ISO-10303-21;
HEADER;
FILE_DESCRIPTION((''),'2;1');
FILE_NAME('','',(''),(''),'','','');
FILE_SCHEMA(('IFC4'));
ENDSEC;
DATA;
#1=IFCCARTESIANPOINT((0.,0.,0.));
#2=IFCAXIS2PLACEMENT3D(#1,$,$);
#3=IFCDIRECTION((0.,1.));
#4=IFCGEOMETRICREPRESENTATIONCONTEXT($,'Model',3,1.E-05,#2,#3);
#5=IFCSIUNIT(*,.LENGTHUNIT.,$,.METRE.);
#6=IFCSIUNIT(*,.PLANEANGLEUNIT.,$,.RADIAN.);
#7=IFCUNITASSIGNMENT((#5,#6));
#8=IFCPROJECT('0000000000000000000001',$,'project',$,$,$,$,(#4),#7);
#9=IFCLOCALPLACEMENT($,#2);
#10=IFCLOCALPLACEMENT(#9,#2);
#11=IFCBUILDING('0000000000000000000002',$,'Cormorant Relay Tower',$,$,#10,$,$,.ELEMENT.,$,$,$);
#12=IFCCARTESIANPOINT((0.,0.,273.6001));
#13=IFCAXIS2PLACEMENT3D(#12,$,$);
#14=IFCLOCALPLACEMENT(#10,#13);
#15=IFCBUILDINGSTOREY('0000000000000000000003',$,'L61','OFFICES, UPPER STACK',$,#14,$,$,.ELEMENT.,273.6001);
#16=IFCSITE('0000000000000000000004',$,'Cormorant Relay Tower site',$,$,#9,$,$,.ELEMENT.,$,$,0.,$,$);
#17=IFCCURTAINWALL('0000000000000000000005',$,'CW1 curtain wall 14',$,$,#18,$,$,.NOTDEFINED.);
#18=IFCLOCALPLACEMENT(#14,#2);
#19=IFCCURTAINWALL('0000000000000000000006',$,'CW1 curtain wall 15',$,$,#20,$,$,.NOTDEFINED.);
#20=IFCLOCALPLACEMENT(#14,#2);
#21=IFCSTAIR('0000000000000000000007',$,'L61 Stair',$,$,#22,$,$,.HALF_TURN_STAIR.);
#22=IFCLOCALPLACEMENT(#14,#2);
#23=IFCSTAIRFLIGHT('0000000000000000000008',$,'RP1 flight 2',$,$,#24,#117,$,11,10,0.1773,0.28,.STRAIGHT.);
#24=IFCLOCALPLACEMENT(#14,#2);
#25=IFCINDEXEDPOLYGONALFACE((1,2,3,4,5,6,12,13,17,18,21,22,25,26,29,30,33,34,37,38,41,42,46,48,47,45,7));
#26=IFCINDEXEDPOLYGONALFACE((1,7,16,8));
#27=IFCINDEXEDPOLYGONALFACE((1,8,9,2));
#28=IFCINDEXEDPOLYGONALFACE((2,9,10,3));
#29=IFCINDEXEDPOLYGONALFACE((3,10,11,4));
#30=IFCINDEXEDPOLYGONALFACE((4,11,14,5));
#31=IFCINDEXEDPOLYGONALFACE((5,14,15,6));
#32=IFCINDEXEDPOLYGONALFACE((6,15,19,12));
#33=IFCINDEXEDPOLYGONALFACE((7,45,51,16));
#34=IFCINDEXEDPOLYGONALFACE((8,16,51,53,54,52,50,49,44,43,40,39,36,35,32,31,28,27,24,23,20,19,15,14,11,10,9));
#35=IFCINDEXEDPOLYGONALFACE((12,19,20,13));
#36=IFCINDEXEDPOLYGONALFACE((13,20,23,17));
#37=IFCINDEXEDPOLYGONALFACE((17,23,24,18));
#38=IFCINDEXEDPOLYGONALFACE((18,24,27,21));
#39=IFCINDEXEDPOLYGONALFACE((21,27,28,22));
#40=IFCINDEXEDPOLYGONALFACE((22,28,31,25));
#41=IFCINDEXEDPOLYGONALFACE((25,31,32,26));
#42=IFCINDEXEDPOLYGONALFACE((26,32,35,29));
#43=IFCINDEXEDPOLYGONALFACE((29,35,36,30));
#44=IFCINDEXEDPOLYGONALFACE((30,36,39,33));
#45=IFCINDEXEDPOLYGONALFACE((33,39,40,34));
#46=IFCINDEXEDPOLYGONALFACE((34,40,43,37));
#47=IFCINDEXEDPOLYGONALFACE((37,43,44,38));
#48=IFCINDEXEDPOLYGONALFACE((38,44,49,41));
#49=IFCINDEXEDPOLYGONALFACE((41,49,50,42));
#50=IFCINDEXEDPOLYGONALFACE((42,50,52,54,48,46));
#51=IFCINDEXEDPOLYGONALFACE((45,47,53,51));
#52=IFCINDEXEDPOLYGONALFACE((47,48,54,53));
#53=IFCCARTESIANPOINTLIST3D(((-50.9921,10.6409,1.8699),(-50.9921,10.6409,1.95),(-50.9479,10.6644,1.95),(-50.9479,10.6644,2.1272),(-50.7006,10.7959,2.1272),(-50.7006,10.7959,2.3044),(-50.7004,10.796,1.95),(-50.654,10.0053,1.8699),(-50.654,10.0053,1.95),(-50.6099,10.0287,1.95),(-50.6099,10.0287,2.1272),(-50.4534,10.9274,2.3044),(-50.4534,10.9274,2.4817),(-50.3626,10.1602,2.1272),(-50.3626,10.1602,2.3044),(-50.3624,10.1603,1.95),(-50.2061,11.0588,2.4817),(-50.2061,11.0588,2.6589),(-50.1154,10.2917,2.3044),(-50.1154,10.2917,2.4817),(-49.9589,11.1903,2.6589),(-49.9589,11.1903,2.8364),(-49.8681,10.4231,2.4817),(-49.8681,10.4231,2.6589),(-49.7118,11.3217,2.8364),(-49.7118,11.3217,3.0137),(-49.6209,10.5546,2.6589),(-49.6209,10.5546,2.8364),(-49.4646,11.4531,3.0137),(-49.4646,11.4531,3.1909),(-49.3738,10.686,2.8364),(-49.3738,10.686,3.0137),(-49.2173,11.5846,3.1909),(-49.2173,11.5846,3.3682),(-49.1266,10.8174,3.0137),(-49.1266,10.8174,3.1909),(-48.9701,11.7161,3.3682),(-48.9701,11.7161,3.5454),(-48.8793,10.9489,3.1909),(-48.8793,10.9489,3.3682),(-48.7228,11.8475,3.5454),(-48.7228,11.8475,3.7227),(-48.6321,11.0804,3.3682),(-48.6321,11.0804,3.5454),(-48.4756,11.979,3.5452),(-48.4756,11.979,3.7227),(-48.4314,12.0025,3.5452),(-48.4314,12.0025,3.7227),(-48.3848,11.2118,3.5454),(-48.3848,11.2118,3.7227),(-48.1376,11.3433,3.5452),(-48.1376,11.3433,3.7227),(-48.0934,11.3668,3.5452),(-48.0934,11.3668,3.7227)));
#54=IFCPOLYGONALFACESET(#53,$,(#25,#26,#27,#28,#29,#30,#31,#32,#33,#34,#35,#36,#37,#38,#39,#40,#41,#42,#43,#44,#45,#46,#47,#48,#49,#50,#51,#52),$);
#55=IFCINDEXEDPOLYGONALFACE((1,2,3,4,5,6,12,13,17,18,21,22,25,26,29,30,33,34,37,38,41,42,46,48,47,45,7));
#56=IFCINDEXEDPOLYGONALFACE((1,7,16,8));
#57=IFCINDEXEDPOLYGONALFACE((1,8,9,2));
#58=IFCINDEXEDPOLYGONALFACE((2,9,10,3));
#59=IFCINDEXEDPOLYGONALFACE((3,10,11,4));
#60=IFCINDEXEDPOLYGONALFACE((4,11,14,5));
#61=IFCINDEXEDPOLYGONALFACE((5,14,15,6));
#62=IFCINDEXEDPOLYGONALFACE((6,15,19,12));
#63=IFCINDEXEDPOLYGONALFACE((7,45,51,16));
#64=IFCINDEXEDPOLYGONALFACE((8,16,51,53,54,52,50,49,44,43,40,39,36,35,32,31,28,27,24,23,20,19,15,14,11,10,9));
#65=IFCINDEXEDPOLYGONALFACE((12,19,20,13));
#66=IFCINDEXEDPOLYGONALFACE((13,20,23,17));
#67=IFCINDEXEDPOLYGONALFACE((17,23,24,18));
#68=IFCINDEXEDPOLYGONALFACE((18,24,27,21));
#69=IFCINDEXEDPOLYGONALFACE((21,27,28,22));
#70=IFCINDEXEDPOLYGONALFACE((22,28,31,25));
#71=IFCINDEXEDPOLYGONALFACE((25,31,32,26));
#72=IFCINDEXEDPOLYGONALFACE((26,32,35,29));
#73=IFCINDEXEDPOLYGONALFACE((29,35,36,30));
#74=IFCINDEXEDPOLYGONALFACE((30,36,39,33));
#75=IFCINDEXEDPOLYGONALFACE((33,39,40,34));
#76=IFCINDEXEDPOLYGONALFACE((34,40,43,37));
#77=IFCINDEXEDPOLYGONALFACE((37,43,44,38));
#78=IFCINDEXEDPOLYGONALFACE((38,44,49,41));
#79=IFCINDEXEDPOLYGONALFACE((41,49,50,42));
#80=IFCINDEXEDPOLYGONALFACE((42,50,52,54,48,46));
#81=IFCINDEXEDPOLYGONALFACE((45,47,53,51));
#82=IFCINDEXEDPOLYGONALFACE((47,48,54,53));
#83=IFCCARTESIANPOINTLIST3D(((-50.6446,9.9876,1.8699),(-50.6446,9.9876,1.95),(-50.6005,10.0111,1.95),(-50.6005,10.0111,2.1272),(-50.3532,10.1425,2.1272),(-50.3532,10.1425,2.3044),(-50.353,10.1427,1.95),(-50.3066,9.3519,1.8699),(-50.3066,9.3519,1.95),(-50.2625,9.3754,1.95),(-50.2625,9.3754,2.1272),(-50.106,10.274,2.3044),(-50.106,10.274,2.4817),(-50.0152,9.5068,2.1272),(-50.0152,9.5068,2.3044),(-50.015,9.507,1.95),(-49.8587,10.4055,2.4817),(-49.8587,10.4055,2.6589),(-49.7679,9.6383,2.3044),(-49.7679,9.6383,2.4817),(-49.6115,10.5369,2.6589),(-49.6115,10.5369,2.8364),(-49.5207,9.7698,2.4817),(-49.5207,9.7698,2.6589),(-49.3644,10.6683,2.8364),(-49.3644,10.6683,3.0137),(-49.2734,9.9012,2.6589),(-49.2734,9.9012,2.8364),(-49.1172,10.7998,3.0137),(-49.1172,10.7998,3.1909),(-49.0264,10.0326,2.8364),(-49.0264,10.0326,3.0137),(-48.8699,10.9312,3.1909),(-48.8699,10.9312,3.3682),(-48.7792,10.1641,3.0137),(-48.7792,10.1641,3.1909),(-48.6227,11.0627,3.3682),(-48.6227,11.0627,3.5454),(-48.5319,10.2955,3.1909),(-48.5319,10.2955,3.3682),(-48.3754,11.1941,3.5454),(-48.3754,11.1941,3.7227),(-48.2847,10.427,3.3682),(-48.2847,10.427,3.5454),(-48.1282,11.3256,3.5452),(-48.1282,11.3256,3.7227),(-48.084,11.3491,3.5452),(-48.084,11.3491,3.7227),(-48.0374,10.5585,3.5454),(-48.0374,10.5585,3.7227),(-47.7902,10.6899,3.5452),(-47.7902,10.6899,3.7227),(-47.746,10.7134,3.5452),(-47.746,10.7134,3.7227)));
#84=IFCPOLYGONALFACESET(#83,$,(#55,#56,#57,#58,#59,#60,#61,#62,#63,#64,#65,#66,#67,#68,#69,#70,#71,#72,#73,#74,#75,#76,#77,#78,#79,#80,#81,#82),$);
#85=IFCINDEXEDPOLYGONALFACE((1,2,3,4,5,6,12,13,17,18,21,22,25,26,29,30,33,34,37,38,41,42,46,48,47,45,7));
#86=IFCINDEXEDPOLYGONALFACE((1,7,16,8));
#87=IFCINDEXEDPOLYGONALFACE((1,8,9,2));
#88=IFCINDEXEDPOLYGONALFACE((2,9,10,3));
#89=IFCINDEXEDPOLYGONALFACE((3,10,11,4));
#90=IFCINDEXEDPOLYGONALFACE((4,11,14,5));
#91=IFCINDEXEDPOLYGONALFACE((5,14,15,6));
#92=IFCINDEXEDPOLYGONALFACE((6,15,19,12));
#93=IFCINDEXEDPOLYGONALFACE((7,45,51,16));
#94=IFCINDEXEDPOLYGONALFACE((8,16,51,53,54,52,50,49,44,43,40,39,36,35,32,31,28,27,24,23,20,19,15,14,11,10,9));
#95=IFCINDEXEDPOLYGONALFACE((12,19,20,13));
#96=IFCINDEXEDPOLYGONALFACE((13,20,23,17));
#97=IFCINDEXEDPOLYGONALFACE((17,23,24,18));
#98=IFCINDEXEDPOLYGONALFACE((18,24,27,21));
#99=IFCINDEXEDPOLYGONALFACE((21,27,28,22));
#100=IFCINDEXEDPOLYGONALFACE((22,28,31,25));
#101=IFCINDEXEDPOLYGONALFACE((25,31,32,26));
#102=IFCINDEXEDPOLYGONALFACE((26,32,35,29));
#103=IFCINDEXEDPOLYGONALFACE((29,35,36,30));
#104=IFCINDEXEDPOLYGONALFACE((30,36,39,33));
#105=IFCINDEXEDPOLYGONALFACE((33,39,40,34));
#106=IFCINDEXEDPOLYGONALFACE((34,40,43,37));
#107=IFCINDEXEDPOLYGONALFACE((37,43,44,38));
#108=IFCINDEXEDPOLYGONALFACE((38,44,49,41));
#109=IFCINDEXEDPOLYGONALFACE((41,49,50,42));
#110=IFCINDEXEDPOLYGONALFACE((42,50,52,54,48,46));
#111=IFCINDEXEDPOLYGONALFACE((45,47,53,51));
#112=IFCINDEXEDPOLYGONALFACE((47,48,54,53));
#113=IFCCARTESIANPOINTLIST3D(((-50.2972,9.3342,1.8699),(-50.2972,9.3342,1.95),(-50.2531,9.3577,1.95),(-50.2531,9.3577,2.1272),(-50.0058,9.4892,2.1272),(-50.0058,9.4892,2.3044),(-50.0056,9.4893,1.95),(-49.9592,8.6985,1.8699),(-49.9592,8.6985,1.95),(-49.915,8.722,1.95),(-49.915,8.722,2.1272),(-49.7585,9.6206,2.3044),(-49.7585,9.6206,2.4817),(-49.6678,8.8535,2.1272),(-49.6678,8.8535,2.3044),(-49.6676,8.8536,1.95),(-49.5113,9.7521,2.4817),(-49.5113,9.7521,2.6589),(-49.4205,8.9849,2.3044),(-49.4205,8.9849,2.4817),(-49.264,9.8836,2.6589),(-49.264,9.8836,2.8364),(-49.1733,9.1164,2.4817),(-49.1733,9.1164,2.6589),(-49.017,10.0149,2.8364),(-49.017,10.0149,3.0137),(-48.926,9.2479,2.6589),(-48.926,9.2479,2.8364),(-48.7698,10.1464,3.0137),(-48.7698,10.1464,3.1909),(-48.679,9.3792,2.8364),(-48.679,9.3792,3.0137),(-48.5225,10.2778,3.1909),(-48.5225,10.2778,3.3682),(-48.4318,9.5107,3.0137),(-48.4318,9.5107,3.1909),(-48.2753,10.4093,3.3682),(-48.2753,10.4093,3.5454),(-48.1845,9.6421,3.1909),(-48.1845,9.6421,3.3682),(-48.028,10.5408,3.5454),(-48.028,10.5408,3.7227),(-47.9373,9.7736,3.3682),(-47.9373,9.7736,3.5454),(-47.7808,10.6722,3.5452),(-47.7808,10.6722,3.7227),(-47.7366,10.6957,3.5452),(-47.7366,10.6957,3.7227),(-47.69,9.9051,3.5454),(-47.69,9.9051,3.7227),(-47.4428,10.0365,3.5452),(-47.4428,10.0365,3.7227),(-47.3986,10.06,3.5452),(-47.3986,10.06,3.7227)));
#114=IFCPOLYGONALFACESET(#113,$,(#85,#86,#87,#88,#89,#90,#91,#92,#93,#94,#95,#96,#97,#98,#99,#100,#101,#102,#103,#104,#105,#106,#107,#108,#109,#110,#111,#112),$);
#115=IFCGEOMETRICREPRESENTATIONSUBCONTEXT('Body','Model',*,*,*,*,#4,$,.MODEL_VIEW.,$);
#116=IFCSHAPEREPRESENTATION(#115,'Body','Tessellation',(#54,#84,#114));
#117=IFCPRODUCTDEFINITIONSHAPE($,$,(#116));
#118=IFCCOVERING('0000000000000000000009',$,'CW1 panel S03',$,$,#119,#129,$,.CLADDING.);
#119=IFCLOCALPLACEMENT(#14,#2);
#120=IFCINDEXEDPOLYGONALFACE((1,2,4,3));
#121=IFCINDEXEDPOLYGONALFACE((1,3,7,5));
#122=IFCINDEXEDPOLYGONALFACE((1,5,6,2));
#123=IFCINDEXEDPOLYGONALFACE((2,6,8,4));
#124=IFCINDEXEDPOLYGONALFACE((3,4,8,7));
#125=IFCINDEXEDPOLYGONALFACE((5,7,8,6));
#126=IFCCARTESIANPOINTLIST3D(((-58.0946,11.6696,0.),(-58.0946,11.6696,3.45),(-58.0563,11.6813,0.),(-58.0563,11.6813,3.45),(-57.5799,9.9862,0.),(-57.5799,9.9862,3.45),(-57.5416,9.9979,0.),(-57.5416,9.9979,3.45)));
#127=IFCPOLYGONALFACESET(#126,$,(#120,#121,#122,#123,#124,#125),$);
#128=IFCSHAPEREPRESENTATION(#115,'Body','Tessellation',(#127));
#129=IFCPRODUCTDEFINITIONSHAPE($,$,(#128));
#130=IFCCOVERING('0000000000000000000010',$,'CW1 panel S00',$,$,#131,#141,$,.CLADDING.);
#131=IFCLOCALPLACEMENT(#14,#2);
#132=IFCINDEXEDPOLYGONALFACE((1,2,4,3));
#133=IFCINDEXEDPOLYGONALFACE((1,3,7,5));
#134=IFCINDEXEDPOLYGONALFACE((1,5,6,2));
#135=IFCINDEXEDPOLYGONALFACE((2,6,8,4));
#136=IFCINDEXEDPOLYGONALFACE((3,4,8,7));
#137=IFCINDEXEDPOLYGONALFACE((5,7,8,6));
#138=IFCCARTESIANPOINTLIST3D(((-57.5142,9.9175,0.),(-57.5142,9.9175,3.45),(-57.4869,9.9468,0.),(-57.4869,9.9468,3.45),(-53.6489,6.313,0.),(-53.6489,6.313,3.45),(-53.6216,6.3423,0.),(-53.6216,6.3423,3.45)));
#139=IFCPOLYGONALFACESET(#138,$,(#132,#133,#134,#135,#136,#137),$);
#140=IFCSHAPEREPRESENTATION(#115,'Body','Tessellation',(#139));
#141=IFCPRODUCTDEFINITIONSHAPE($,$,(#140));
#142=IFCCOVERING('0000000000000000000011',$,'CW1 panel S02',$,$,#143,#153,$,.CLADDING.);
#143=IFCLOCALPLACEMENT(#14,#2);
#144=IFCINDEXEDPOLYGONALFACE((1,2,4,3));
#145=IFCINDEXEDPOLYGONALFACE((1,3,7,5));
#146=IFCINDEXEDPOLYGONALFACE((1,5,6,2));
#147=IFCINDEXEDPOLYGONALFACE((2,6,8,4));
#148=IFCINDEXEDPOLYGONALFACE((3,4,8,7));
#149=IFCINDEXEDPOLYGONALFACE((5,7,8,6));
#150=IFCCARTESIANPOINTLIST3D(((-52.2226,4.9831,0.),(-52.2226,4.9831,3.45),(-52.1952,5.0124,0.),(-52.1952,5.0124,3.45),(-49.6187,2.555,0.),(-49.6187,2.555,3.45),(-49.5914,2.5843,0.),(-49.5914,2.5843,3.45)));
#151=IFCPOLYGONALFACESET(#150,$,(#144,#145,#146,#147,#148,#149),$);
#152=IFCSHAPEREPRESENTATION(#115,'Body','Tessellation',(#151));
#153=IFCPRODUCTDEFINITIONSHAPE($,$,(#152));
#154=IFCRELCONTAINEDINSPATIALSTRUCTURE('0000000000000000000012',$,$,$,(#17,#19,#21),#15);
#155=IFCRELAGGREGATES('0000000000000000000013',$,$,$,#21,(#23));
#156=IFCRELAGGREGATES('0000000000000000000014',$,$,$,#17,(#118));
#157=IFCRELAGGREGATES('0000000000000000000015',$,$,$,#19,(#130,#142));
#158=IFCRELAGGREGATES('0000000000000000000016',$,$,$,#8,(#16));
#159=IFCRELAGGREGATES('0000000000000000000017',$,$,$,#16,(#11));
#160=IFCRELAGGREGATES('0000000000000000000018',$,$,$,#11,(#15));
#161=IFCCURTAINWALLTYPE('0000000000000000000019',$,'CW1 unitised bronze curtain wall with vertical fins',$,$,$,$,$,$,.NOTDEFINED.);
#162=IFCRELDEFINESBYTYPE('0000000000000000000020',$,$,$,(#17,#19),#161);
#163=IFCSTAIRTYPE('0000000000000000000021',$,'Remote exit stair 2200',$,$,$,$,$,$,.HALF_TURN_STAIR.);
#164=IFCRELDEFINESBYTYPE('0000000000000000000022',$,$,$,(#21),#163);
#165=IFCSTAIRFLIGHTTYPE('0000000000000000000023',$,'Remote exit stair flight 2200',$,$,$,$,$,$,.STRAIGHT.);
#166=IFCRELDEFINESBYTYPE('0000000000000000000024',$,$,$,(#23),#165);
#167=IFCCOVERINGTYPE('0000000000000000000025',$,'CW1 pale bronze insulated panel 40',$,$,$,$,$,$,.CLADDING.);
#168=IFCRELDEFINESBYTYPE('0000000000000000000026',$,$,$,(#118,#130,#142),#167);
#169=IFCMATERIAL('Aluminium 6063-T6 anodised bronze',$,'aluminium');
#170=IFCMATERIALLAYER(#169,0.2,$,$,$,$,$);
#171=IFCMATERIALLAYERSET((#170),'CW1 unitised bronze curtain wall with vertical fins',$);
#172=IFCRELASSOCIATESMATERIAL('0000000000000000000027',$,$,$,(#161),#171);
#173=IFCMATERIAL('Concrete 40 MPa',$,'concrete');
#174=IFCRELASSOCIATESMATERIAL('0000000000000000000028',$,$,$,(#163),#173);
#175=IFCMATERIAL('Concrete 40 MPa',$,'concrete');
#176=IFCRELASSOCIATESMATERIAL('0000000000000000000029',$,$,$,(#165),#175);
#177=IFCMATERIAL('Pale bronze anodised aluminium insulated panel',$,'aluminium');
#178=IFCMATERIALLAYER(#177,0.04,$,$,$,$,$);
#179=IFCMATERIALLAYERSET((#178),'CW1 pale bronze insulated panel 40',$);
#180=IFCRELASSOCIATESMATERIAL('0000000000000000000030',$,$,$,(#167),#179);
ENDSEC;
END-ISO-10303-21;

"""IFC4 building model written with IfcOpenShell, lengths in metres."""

from ifc_helpers import new_model, si_unit, direction, frame, origin, origin_2d, place, context, subcontext, project, spatial, polyline, rectangle, outline, extrude, material, layer, layer_set, type_object, element, aggregate, save


model = new_model("IFC4")

# Units and contexts
model_context = context("Model", 3, precision=1e-05, world=origin(), true_north=direction((0.0, 1.0)))
body_context = subcontext(model_context, "Body", "Model", "MODEL_VIEW")
ifc_project = project(units=[si_unit("LENGTHUNIT", "METRE"), si_unit("PLANEANGLEUNIT", "RADIAN")], contexts=[model_context])

# Site, building, storey
site_placement = place(None, origin())
site = spatial("IfcSite", under=ifc_project, at=site_placement, Name="Cormorant Relay Tower site", CompositionType="ELEMENT", RefElevation=0.0)
building_placement = place(site_placement, origin())
building = spatial("IfcBuilding", under=site, at=building_placement, Name="Cormorant Relay Tower", CompositionType="ELEMENT")
storey_placement = place(building_placement, frame((0.0, 0.0, 273.6001)))
storey = spatial("IfcBuildingStorey", under=building, at=storey_placement, Name="L61", Description="OFFICES, UPPER STACK", CompositionType="ELEMENT", Elevation=273.6001)

# Curtain wall
ifc_material_1 = material(Name="Aluminium 6063-T6 anodised bronze", Category="aluminium")
ifc_layer_1 = layer(ifc_material_1, 0.2)
ifc_layer_set_1 = layer_set([ifc_layer_1], Name="CW1 unitised bronze curtain wall with vertical fins")
curtain_wall_type = type_object("IfcCurtainWallType", Name="CW1 unitised bronze curtain wall with vertical fins", PredefinedType="NOTDEFINED", material=ifc_layer_set_1)
curtain_wall_1_placement = place(storey_placement, origin())
curtain_wall_1 = element("IfcCurtainWall", 1, at=curtain_wall_1_placement, inside=storey, type_object=curtain_wall_type, Name="CW1 curtain wall 14", PredefinedType="NOTDEFINED")

# Curtain wall
curtain_wall_2_placement = place(storey_placement, origin())
curtain_wall_2 = element("IfcCurtainWall", 2, at=curtain_wall_2_placement, inside=storey, type_object=curtain_wall_type, Name="CW1 curtain wall 15", PredefinedType="NOTDEFINED")

# Stair, stair flight
ifc_material_2 = material(Name="Concrete 40 MPa", Category="concrete")
stair_type = type_object("IfcStairType", Name="Remote exit stair 2200", PredefinedType="HALF_TURN_STAIR", material=ifc_material_2)
stair_placement = place(storey_placement, origin())
stair = element("IfcStair", 3, at=stair_placement, inside=storey, type_object=stair_type, Name="L61 Stair", PredefinedType="HALF_TURN_STAIR")
ifc_material_3 = material(Name="Concrete 40 MPa", Category="concrete")
stair_flight_type = type_object("IfcStairFlightType", Name="Remote exit stair flight 2200", PredefinedType="STRAIGHT", material=ifc_material_3)
stair_flight_1_placement = place(storey_placement, frame((-50.4314, 9.6931, 1.95), z_axis=(0.0, 0.0, 1.0), x_axis=(0.882948, 0.469472, 0.0)))
stair_flight_1 = element("IfcStairFlight", 4, at=stair_flight_1_placement, type_object=stair_flight_type, Name="RP1 flight 2", NumberOfRisers=11, NumberOfTreads=10, PredefinedType="STRAIGHT", RiserHeight=0.1773, TreadLength=0.28, context=body_context, shape_type="SweptSolid", body=[
    extrude(outline(polyline([(-0.05, -0.0801), (-0.05, 0.0), (0.0, 0.0), (0.0, 0.1772), (0.28, 0.1772), (0.28, 0.3545), (0.5601, 0.3545), (0.5601, 0.5317), (0.8401, 0.5317), (0.8401, 0.709), (1.1201, 0.709), (1.1201, 0.8865), (1.3999, 0.8865), (1.3999, 1.0637), (1.6799, 1.0637), (1.6799, 1.241), (1.96, 1.241), (1.96, 1.4182), (2.24, 1.4182), (2.24, 1.5955), (2.52, 1.5955), (2.52, 1.7727), (2.8, 1.7727), (2.8501, 1.7727), (2.8501, 1.5952), (2.8, 1.5952), (0.2803, 0.0), (-0.05, -0.0801)])), frame((0.0, 1.1001, 0.0), z_axis=(0.0, -1.0, 0.0), x_axis=(1.0, 0.0, 0.0)), (0.0, 0.0, 1.0), 0.72),
    extrude(outline(polyline([(-0.05, -0.0801), (-0.05, 0.0), (0.0, 0.0), (0.0, 0.1772), (0.28, 0.1772), (0.28, 0.3545), (0.5601, 0.3545), (0.5601, 0.5317), (0.8401, 0.5317), (0.8401, 0.709), (1.1201, 0.709), (1.1201, 0.8865), (1.3999, 0.8865), (1.3999, 1.0637), (1.6799, 1.0637), (1.6799, 1.241), (1.96, 1.241), (1.96, 1.4182), (2.24, 1.4182), (2.24, 1.5955), (2.52, 1.5955), (2.52, 1.7727), (2.8, 1.7727), (2.8501, 1.7727), (2.8501, 1.5952), (2.8, 1.5952), (0.2803, 0.0), (-0.05, -0.0801)])), frame((0.0, 0.3601, 0.0), z_axis=(0.0, -1.0, 0.0), x_axis=(1.0, 0.0, 0.0)), (0.0, 0.0, 1.0), 0.72),
    extrude(outline(polyline([(-0.05, -0.0801), (-0.05, 0.0), (0.0, 0.0), (0.0, 0.1772), (0.28, 0.1772), (0.28, 0.3545), (0.5601, 0.3545), (0.5601, 0.5317), (0.8401, 0.5317), (0.8401, 0.709), (1.1201, 0.709), (1.1201, 0.8865), (1.3999, 0.8865), (1.3999, 1.0637), (1.6799, 1.0637), (1.6799, 1.241), (1.96, 1.241), (1.96, 1.4182), (2.24, 1.4182), (2.24, 1.5955), (2.52, 1.5955), (2.52, 1.7727), (2.8, 1.7727), (2.8501, 1.7727), (2.8501, 1.5952), (2.8, 1.5952), (0.2803, 0.0), (-0.05, -0.0801)])), frame((0.0, -0.3799, 0.0), z_axis=(0.0, -1.0, 0.0), x_axis=(1.0, 0.0, 0.0)), (0.0, 0.0, 1.0), 0.72),
])
aggregate(stair, [stair_flight_1])

# Coverings
ifc_material_4 = material(Name="Pale bronze anodised aluminium insulated panel", Category="aluminium")
ifc_layer_2 = layer(ifc_material_4, 0.04)
ifc_layer_set_2 = layer_set([ifc_layer_2], Name="CW1 pale bronze insulated panel 40")
covering_type = type_object("IfcCoveringType", Name="CW1 pale bronze insulated panel 40", PredefinedType="CLADDING", material=ifc_layer_set_2)
covering_1_placement = place(storey_placement, frame((-57.8181, 10.8337, 0.0), z_axis=(0.0, 0.0, 1.0), x_axis=(0.292372, -0.956305, 0.0)))
covering_1 = element("IfcCovering", 5, at=covering_1_placement, type_object=covering_type, Name="CW1 panel S03", PredefinedType="CLADDING", context=body_context, shape_type="SweptSolid", body=[
    extrude(rectangle(XDim=1.7603, YDim=0.04, at=origin_2d()), origin(), (0.0, 0.0, 1.0), 3.45),
])
aggregate(curtain_wall_1, [covering_1])
covering_2_placement = place(storey_placement, frame((-55.5679, 8.1299, 0.0), z_axis=(0.0, 0.0, 1.0), x_axis=(0.731354, -0.681998, 0.0)))
covering_2 = element("IfcCovering", 6, at=covering_2_placement, type_object=covering_type, Name="CW1 panel S00", PredefinedType="CLADDING", context=body_context, shape_type="SweptSolid", body=[
    extrude(rectangle(XDim=5.2852, YDim=0.04, at=origin_2d()), origin(), (0.0, 0.0, 1.0), 3.45),
])
covering_3_placement = place(storey_placement, frame((-50.907, 3.7837, 0.0), z_axis=(0.0, 0.0, 1.0), x_axis=(0.731354, -0.681998, 0.0)))
covering_3 = element("IfcCovering", 7, at=covering_3_placement, type_object=covering_type, Name="CW1 panel S02", PredefinedType="CLADDING", context=body_context, shape_type="SweptSolid", body=[
    extrude(rectangle(XDim=3.5603, YDim=0.04, at=origin_2d()), origin(), (0.0, 0.0, 1.0), 3.45),
])
aggregate(curtain_wall_2, [covering_2, covering_3])

save(model, "model.ifc")
